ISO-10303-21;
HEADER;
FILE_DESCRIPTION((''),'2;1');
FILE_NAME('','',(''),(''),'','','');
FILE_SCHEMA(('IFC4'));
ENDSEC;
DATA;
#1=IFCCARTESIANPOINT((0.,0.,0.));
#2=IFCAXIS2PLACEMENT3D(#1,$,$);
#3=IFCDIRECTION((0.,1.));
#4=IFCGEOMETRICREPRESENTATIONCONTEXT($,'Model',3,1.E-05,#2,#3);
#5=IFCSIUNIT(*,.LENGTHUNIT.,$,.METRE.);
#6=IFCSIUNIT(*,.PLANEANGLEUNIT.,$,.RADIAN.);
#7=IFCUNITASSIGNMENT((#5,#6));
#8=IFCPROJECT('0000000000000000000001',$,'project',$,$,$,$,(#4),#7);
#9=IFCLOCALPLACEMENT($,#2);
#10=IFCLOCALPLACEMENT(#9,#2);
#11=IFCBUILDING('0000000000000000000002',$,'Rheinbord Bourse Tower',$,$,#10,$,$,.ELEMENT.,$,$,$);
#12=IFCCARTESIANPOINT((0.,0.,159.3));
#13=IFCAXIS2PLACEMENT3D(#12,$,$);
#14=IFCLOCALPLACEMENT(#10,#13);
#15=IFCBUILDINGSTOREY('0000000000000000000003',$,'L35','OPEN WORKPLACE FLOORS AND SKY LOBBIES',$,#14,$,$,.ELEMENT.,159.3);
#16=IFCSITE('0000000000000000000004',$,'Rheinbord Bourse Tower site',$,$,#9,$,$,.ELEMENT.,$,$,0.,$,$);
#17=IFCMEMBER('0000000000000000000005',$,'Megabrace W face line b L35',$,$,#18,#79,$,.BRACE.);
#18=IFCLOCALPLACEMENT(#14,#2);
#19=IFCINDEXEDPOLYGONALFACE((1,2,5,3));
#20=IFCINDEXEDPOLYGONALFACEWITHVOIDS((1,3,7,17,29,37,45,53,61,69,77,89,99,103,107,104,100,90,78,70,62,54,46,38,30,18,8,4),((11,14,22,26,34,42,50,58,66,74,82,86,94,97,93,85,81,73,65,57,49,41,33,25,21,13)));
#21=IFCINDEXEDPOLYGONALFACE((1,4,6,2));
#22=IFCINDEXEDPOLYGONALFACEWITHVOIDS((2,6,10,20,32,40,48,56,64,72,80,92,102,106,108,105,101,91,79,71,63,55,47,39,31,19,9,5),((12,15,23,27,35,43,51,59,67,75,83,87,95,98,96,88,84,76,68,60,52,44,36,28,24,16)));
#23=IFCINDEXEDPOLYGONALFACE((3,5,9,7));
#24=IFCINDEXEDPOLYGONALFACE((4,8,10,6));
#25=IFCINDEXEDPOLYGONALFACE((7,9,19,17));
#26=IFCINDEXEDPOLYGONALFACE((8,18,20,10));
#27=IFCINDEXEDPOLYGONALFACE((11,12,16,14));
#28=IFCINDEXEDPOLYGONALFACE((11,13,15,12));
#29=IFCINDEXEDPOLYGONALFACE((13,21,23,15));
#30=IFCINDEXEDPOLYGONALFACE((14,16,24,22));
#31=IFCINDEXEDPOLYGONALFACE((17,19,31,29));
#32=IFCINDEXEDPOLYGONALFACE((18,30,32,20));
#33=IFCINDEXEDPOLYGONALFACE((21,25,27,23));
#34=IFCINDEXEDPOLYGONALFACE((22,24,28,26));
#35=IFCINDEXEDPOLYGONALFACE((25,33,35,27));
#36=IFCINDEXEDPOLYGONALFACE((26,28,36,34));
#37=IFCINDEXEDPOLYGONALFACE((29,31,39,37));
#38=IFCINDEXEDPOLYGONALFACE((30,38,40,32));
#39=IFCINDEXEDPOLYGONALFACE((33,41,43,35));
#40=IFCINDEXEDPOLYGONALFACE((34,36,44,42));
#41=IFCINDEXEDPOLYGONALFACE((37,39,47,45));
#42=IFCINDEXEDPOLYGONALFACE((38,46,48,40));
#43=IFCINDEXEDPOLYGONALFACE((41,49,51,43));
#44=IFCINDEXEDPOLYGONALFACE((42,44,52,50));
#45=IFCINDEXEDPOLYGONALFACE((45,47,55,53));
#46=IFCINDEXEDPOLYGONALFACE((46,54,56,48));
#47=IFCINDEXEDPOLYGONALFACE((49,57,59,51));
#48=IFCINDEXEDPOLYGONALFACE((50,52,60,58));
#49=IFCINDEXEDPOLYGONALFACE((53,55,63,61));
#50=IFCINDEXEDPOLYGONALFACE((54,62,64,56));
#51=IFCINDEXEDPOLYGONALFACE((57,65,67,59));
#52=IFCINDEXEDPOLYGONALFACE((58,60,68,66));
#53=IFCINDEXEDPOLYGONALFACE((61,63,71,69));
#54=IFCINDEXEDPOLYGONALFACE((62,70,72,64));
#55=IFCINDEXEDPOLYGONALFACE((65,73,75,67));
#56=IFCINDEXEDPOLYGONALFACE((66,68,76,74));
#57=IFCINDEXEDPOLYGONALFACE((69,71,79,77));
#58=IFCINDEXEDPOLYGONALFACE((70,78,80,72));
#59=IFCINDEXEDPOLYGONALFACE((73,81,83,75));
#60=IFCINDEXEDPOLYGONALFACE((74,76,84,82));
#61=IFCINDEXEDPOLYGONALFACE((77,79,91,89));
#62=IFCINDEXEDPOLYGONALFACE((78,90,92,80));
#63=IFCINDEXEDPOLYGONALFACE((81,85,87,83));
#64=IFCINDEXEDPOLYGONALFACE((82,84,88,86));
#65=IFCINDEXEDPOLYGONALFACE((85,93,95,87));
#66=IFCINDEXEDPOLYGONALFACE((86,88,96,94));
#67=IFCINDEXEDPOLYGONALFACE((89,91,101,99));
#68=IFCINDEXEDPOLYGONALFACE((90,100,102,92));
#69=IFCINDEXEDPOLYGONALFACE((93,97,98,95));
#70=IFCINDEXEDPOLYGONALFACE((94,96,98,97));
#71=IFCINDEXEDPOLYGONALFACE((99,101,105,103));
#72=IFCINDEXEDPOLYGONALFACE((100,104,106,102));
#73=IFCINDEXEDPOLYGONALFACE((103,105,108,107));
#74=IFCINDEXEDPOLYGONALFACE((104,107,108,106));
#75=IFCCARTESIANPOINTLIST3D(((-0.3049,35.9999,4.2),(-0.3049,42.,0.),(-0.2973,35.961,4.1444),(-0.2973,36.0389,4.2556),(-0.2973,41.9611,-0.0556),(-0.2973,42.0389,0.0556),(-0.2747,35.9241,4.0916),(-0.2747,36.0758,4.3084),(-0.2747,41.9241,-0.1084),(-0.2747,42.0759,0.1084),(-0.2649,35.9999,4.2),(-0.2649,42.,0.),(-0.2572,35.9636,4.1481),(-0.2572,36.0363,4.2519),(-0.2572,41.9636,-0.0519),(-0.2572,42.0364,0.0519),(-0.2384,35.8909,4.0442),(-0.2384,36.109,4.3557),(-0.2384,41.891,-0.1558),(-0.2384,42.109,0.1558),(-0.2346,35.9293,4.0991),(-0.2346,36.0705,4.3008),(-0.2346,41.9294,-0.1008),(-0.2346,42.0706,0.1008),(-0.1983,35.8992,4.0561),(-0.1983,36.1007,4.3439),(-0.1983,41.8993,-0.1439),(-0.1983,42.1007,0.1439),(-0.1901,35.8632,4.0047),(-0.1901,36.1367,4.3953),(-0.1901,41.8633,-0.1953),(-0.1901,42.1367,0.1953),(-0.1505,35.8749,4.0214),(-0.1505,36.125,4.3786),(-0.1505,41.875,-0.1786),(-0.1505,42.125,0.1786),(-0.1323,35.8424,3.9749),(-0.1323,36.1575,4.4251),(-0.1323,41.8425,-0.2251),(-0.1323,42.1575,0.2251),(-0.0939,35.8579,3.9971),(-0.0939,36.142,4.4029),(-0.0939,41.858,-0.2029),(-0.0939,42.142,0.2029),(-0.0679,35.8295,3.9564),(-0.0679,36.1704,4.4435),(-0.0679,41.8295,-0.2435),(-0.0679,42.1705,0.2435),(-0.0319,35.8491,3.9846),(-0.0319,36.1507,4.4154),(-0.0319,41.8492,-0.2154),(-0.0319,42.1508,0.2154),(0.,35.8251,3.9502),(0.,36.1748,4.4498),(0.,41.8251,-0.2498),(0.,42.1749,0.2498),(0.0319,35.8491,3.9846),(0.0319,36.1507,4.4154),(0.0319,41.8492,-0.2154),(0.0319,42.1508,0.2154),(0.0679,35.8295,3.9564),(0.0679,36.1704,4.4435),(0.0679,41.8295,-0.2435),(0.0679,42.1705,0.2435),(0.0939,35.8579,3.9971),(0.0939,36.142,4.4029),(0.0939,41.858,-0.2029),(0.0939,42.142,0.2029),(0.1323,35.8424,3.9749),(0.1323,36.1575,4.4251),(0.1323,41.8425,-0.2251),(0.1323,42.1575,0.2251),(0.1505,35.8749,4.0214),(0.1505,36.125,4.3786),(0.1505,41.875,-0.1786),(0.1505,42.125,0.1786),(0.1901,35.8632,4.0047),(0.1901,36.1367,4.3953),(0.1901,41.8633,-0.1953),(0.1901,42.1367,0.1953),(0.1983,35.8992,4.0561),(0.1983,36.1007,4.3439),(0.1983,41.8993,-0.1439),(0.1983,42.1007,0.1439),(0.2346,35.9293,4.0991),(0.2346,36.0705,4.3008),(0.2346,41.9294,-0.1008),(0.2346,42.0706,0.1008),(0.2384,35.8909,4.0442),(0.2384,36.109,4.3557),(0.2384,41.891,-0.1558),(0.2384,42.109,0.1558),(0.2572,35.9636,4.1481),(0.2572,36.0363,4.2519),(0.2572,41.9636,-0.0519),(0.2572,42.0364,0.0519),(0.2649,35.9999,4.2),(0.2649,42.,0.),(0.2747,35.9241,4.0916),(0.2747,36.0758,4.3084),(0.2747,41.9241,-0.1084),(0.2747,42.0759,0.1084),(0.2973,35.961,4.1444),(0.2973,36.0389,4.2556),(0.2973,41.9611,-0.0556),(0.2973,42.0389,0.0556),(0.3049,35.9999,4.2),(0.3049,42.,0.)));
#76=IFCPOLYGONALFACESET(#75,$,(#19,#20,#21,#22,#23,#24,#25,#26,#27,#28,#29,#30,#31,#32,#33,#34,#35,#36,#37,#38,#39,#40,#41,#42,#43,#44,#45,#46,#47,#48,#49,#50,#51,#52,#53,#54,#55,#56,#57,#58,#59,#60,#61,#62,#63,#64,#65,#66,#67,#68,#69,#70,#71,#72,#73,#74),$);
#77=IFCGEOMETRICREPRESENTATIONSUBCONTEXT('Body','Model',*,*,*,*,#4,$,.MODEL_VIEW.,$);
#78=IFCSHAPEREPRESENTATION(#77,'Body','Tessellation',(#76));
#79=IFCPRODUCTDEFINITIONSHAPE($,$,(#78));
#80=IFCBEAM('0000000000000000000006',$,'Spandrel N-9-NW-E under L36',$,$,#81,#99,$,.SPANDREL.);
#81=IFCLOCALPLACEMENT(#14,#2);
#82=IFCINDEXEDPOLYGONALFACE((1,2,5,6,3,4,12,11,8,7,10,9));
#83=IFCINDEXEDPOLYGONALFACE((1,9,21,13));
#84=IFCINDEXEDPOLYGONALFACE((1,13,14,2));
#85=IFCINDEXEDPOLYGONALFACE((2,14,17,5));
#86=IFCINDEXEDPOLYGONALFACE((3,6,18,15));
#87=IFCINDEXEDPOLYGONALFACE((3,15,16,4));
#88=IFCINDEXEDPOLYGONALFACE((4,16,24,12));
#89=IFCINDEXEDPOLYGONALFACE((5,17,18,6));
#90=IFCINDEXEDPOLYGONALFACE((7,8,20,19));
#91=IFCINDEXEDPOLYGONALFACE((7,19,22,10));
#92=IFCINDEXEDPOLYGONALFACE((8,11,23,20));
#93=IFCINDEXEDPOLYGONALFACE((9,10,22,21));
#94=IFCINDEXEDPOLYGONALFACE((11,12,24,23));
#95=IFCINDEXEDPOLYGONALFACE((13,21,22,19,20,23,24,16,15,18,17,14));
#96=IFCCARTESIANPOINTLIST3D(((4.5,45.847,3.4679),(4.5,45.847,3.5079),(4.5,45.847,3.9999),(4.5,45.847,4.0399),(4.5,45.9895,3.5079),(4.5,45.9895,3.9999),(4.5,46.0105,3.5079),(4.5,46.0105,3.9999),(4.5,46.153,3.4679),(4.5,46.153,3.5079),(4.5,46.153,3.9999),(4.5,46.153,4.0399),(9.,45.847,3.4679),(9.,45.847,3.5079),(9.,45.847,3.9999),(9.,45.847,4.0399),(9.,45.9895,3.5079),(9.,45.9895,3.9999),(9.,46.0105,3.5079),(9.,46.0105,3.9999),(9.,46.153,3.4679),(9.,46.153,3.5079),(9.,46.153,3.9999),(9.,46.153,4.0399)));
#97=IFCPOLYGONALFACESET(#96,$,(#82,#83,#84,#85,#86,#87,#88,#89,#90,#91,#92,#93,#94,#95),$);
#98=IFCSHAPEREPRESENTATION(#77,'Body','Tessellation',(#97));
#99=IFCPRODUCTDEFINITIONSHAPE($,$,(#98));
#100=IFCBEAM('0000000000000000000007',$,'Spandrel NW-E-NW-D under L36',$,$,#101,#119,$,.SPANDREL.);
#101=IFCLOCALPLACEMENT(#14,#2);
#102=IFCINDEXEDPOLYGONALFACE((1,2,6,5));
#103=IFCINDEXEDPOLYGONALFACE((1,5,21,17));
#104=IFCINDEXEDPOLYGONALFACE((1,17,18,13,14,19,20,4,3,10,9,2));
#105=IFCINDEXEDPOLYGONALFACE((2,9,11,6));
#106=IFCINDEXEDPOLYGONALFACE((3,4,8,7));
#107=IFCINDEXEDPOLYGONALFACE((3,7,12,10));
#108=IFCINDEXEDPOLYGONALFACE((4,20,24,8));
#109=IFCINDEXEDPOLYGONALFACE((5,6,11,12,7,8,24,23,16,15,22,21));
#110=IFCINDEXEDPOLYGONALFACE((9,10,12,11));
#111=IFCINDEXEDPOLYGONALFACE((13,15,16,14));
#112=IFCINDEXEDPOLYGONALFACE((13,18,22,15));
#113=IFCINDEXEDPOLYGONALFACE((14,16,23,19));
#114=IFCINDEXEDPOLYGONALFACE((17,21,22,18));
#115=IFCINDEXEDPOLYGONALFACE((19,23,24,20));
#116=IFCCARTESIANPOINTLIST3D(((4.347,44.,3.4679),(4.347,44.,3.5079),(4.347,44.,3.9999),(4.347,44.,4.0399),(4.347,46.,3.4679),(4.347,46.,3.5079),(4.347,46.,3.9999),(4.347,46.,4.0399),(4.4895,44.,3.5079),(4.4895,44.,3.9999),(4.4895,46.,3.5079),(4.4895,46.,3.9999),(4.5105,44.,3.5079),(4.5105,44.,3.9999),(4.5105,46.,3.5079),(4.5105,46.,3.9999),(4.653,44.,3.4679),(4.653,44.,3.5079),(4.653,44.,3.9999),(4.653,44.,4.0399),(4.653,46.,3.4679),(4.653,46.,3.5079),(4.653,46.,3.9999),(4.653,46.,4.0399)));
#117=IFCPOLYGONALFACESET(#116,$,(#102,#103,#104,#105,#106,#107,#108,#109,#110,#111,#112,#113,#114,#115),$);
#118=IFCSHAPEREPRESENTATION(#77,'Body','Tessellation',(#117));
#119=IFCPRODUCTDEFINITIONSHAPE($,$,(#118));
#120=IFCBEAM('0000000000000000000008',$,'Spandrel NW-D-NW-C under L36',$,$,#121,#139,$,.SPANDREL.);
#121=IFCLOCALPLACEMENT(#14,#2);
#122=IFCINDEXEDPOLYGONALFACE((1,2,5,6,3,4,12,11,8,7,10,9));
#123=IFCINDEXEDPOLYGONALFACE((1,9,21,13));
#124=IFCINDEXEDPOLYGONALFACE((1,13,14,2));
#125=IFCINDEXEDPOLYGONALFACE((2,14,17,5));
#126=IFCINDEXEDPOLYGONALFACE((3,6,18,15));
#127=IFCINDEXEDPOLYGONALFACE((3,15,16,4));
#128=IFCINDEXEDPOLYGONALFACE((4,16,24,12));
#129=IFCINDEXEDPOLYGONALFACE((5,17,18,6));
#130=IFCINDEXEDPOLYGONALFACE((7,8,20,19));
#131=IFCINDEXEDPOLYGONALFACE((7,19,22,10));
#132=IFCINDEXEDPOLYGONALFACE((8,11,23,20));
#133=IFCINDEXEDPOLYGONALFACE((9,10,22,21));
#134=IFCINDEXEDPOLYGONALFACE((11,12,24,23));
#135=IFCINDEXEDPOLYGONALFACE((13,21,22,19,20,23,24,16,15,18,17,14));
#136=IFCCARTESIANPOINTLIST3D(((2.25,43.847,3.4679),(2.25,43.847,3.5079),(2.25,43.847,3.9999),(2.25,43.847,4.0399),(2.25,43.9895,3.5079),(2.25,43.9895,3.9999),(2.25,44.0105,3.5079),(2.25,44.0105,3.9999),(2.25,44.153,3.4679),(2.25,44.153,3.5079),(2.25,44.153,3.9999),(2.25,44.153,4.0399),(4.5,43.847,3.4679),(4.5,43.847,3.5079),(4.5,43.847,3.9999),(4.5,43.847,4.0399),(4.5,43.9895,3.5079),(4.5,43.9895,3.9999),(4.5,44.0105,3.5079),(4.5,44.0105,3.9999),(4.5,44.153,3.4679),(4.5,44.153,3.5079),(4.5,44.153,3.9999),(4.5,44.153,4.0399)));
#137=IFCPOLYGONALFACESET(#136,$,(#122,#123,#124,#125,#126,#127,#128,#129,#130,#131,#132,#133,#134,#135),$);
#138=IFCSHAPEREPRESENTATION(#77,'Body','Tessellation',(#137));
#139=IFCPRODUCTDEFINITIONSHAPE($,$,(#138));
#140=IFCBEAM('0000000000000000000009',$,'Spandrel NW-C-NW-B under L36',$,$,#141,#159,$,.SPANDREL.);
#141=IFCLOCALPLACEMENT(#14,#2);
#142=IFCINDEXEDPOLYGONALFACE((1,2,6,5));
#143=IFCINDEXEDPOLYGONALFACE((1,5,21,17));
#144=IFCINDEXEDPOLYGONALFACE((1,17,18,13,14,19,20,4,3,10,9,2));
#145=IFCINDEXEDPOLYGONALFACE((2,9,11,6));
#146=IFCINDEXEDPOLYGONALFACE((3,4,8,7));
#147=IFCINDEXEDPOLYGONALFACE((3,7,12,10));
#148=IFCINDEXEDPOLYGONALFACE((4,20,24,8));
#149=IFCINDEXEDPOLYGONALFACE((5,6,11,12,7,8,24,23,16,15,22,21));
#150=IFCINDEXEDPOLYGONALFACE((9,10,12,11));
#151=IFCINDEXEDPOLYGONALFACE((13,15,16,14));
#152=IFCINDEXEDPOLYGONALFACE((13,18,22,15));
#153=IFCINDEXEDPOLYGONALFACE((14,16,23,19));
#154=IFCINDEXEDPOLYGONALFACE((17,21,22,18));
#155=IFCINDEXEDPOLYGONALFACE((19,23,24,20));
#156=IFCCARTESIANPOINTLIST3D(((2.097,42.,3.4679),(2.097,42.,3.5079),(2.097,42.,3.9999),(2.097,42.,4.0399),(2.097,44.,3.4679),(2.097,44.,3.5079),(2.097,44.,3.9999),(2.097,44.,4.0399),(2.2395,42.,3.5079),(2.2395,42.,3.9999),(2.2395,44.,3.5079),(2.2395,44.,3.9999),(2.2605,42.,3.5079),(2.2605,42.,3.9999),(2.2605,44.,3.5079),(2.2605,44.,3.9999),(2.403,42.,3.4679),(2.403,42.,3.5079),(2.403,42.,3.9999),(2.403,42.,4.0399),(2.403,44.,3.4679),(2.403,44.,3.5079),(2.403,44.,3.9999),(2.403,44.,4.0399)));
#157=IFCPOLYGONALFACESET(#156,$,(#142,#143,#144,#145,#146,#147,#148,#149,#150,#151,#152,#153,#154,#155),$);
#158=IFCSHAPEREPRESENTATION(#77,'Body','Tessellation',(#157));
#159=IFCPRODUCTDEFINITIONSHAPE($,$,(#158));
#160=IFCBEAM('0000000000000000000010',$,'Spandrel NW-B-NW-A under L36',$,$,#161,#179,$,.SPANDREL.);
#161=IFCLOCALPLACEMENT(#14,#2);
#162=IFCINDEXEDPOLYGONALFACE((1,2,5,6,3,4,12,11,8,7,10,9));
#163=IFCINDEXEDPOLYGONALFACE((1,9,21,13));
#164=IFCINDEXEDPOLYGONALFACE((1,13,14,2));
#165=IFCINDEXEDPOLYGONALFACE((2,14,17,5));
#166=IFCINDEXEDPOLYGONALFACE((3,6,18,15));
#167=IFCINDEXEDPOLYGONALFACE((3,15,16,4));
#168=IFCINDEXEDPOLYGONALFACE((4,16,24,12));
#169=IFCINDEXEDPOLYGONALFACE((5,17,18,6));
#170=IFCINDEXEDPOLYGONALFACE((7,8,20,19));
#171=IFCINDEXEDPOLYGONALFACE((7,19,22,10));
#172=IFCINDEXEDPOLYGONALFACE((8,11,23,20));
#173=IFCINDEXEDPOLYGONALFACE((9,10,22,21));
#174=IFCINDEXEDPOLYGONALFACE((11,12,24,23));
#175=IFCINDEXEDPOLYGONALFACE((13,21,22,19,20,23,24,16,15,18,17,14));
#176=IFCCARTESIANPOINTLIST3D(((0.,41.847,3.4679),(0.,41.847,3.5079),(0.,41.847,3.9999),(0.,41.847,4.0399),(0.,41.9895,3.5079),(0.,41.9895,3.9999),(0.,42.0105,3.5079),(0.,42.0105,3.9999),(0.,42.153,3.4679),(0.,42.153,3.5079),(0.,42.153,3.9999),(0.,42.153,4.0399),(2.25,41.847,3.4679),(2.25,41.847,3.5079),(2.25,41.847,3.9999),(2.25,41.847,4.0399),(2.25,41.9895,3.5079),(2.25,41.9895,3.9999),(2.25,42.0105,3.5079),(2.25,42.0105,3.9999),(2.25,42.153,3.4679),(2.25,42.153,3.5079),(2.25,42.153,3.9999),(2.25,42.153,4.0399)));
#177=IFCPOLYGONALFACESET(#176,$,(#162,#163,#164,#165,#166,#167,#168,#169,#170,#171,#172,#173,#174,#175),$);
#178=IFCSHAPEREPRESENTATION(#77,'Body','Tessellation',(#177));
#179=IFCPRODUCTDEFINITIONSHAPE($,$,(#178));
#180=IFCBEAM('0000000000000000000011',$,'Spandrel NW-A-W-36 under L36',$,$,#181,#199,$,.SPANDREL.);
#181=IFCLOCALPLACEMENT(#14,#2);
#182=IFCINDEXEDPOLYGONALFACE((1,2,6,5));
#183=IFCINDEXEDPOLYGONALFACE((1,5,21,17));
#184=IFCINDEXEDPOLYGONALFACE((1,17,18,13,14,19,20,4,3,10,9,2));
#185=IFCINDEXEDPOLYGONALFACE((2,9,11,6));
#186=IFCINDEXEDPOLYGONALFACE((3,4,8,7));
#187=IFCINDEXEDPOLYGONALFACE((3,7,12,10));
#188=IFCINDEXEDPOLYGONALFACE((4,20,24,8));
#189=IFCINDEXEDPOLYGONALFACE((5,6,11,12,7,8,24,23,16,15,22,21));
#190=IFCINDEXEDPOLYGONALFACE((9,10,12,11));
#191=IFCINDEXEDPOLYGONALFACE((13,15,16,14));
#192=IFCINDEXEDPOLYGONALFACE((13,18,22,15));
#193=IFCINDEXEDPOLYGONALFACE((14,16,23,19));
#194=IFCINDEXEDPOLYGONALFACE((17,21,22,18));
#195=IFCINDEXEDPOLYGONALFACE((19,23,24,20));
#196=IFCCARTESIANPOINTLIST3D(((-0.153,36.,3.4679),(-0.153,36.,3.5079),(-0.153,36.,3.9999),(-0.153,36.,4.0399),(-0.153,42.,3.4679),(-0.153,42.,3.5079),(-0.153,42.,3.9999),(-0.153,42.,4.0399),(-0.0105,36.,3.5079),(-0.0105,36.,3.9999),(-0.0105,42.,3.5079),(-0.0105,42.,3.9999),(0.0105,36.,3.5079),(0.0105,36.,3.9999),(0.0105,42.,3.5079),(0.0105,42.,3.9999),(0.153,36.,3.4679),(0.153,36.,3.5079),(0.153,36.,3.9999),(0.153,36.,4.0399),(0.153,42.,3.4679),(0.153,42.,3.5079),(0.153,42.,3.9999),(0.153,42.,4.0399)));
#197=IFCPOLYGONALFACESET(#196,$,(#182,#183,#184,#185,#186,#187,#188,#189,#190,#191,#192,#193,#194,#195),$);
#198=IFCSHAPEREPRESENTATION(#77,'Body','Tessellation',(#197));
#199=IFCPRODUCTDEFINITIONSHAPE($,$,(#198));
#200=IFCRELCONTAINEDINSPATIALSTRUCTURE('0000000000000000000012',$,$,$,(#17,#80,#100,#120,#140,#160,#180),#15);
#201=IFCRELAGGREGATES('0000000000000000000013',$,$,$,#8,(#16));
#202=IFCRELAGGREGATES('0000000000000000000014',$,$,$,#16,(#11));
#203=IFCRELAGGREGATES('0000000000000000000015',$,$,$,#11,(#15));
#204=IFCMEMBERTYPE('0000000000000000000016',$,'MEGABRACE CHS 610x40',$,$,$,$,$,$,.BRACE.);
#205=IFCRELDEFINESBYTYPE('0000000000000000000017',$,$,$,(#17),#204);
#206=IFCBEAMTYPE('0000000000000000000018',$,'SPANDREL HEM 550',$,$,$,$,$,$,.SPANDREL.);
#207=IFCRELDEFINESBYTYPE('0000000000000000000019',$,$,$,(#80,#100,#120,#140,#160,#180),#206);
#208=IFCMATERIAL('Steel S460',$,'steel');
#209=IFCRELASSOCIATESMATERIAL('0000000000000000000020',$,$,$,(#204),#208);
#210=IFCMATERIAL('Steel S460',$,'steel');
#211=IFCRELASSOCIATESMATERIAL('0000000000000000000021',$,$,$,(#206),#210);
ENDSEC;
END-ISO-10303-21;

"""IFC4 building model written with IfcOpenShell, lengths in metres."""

from ifc_helpers import new_model, si_unit, direction, frame, origin, origin_2d, place, context, subcontext, project, spatial, hollow_circle, i_section, extrude, material, material_profile, profile_set, type_object, element, save


model = new_model("IFC4")

# Units and contexts
model_context = context("Model", 3, precision=1e-05, world=origin(), true_north=direction((0.0, 1.0)))
body_context = subcontext(model_context, "Body", "Model", "MODEL_VIEW")
ifc_project = project(units=[si_unit("LENGTHUNIT", "METRE"), si_unit("PLANEANGLEUNIT", "RADIAN")], contexts=[model_context])

# Site, building, storey
site_placement = place(None, origin())
site = spatial("IfcSite", under=ifc_project, at=site_placement, Name="Rheinbord Bourse Tower site", CompositionType="ELEMENT", RefElevation=0.0)
building_placement = place(site_placement, origin())
building = spatial("IfcBuilding", under=site, at=building_placement, Name="Rheinbord Bourse Tower", CompositionType="ELEMENT")
storey_placement = place(building_placement, frame((0.0, 0.0, 159.3)))
storey = spatial("IfcBuildingStorey", under=building, at=storey_placement, Name="L35", Description="OPEN WORKPLACE FLOORS AND SKY LOBBIES", CompositionType="ELEMENT", Elevation=159.3)

# Member
ifc_material_1 = material(Name="Steel S460", Category="steel")
ifc_material_profile_1 = material_profile(ifc_material_1, hollow_circle(Radius=0.3049, WallThickness=0.04, at=origin_2d()), Name="CHS 610x40")
ifc_profile_set_1 = profile_set([ifc_material_profile_1], Name="Steel S460")
member_type_1 = type_object("IfcMemberType", Name="MEGABRACE CHS 610x40", PredefinedType="BRACE", material=ifc_profile_set_1)
member_1_placement = place(storey_placement, frame((0.0, 42.0, 0.0), z_axis=(0.0, -0.819235, 0.573458), x_axis=(1.0, 0.0, 0.0)))
element("IfcMember", 1, at=member_1_placement, inside=storey, type_object=member_type_1, Name="Megabrace W face line b L35", PredefinedType="BRACE", context=body_context, shape_type="SweptSolid", body=[
    extrude(hollow_circle(Radius=0.3049, WallThickness=0.04, at=origin_2d()), origin(), (0.0, 0.0, 1.0), 7.324),
])

# Beams
ifc_material_2 = material(Name="Steel S460", Category="steel")
ifc_material_profile_2 = material_profile(ifc_material_2, i_section(OverallWidth=0.3059, OverallDepth=0.572, WebThickness=0.021, FlangeThickness=0.04, at=origin_2d()), Name="HEM 550")
ifc_profile_set_2 = profile_set([ifc_material_profile_2], Name="Steel S460")
beam_type_1 = type_object("IfcBeamType", Name="SPANDREL HEM 550", PredefinedType="SPANDREL", material=ifc_profile_set_2)
beam_1_placement = place(storey_placement, frame((9.0, 46.0, 3.7539), z_axis=(-1.0, 0.0, 0.0), x_axis=(0.0, -1.0, 0.0)))
element("IfcBeam", 2, at=beam_1_placement, inside=storey, type_object=beam_type_1, Name="Spandrel N-9-NW-E under L36", PredefinedType="SPANDREL", context=body_context, shape_type="SweptSolid", body=[
    extrude(i_section(OverallWidth=0.3059, OverallDepth=0.572, WebThickness=0.021, FlangeThickness=0.04, at=origin_2d()), origin(), (0.0, 0.0, 1.0), 4.5),
])
beam_2_placement = place(storey_placement, frame((4.5, 46.0, 3.7539), z_axis=(0.0, -1.0, 0.0), x_axis=(1.0, 0.0, 0.0)))
element("IfcBeam", 3, at=beam_2_placement, inside=storey, type_object=beam_type_1, Name="Spandrel NW-E-NW-D under L36", PredefinedType="SPANDREL", context=body_context, shape_type="SweptSolid", body=[
    extrude(i_section(OverallWidth=0.3059, OverallDepth=0.572, WebThickness=0.021, FlangeThickness=0.04, at=origin_2d()), origin(), (0.0, 0.0, 1.0), 2.0),
])
beam_3_placement = place(storey_placement, frame((4.5, 44.0, 3.7539), z_axis=(-1.0, 0.0, 0.0), x_axis=(0.0, -1.0, 0.0)))
element("IfcBeam", 4, at=beam_3_placement, inside=storey, type_object=beam_type_1, Name="Spandrel NW-D-NW-C under L36", PredefinedType="SPANDREL", context=body_context, shape_type="SweptSolid", body=[
    extrude(i_section(OverallWidth=0.3059, OverallDepth=0.572, WebThickness=0.021, FlangeThickness=0.04, at=origin_2d()), origin(), (0.0, 0.0, 1.0), 2.25),
])
beam_4_placement = place(storey_placement, frame((2.25, 44.0, 3.7539), z_axis=(0.0, -1.0, 0.0), x_axis=(1.0, 0.0, 0.0)))
element("IfcBeam", 5, at=beam_4_placement, inside=storey, type_object=beam_type_1, Name="Spandrel NW-C-NW-B under L36", PredefinedType="SPANDREL", context=body_context, shape_type="SweptSolid", body=[
    extrude(i_section(OverallWidth=0.3059, OverallDepth=0.572, WebThickness=0.021, FlangeThickness=0.04, at=origin_2d()), origin(), (0.0, 0.0, 1.0), 2.0),
])
beam_5_placement = place(storey_placement, frame((2.25, 42.0, 3.7539), z_axis=(-1.0, 0.0, 0.0), x_axis=(0.0, -1.0, 0.0)))
element("IfcBeam", 6, at=beam_5_placement, inside=storey, type_object=beam_type_1, Name="Spandrel NW-B-NW-A under L36", PredefinedType="SPANDREL", context=body_context, shape_type="SweptSolid", body=[
    extrude(i_section(OverallWidth=0.3059, OverallDepth=0.572, WebThickness=0.021, FlangeThickness=0.04, at=origin_2d()), origin(), (0.0, 0.0, 1.0), 2.25),
])
beam_6_placement = place(storey_placement, frame((0.0, 42.0, 3.7539), z_axis=(0.0, -1.0, 0.0), x_axis=(1.0, 0.0, 0.0)))
element("IfcBeam", 7, at=beam_6_placement, inside=storey, type_object=beam_type_1, Name="Spandrel NW-A-W-36 under L36", PredefinedType="SPANDREL", context=body_context, shape_type="SweptSolid", body=[
    extrude(i_section(OverallWidth=0.3059, OverallDepth=0.572, WebThickness=0.021, FlangeThickness=0.04, at=origin_2d()), origin(), (0.0, 0.0, 1.0), 6.0),
])

save(model, "model.ifc")
